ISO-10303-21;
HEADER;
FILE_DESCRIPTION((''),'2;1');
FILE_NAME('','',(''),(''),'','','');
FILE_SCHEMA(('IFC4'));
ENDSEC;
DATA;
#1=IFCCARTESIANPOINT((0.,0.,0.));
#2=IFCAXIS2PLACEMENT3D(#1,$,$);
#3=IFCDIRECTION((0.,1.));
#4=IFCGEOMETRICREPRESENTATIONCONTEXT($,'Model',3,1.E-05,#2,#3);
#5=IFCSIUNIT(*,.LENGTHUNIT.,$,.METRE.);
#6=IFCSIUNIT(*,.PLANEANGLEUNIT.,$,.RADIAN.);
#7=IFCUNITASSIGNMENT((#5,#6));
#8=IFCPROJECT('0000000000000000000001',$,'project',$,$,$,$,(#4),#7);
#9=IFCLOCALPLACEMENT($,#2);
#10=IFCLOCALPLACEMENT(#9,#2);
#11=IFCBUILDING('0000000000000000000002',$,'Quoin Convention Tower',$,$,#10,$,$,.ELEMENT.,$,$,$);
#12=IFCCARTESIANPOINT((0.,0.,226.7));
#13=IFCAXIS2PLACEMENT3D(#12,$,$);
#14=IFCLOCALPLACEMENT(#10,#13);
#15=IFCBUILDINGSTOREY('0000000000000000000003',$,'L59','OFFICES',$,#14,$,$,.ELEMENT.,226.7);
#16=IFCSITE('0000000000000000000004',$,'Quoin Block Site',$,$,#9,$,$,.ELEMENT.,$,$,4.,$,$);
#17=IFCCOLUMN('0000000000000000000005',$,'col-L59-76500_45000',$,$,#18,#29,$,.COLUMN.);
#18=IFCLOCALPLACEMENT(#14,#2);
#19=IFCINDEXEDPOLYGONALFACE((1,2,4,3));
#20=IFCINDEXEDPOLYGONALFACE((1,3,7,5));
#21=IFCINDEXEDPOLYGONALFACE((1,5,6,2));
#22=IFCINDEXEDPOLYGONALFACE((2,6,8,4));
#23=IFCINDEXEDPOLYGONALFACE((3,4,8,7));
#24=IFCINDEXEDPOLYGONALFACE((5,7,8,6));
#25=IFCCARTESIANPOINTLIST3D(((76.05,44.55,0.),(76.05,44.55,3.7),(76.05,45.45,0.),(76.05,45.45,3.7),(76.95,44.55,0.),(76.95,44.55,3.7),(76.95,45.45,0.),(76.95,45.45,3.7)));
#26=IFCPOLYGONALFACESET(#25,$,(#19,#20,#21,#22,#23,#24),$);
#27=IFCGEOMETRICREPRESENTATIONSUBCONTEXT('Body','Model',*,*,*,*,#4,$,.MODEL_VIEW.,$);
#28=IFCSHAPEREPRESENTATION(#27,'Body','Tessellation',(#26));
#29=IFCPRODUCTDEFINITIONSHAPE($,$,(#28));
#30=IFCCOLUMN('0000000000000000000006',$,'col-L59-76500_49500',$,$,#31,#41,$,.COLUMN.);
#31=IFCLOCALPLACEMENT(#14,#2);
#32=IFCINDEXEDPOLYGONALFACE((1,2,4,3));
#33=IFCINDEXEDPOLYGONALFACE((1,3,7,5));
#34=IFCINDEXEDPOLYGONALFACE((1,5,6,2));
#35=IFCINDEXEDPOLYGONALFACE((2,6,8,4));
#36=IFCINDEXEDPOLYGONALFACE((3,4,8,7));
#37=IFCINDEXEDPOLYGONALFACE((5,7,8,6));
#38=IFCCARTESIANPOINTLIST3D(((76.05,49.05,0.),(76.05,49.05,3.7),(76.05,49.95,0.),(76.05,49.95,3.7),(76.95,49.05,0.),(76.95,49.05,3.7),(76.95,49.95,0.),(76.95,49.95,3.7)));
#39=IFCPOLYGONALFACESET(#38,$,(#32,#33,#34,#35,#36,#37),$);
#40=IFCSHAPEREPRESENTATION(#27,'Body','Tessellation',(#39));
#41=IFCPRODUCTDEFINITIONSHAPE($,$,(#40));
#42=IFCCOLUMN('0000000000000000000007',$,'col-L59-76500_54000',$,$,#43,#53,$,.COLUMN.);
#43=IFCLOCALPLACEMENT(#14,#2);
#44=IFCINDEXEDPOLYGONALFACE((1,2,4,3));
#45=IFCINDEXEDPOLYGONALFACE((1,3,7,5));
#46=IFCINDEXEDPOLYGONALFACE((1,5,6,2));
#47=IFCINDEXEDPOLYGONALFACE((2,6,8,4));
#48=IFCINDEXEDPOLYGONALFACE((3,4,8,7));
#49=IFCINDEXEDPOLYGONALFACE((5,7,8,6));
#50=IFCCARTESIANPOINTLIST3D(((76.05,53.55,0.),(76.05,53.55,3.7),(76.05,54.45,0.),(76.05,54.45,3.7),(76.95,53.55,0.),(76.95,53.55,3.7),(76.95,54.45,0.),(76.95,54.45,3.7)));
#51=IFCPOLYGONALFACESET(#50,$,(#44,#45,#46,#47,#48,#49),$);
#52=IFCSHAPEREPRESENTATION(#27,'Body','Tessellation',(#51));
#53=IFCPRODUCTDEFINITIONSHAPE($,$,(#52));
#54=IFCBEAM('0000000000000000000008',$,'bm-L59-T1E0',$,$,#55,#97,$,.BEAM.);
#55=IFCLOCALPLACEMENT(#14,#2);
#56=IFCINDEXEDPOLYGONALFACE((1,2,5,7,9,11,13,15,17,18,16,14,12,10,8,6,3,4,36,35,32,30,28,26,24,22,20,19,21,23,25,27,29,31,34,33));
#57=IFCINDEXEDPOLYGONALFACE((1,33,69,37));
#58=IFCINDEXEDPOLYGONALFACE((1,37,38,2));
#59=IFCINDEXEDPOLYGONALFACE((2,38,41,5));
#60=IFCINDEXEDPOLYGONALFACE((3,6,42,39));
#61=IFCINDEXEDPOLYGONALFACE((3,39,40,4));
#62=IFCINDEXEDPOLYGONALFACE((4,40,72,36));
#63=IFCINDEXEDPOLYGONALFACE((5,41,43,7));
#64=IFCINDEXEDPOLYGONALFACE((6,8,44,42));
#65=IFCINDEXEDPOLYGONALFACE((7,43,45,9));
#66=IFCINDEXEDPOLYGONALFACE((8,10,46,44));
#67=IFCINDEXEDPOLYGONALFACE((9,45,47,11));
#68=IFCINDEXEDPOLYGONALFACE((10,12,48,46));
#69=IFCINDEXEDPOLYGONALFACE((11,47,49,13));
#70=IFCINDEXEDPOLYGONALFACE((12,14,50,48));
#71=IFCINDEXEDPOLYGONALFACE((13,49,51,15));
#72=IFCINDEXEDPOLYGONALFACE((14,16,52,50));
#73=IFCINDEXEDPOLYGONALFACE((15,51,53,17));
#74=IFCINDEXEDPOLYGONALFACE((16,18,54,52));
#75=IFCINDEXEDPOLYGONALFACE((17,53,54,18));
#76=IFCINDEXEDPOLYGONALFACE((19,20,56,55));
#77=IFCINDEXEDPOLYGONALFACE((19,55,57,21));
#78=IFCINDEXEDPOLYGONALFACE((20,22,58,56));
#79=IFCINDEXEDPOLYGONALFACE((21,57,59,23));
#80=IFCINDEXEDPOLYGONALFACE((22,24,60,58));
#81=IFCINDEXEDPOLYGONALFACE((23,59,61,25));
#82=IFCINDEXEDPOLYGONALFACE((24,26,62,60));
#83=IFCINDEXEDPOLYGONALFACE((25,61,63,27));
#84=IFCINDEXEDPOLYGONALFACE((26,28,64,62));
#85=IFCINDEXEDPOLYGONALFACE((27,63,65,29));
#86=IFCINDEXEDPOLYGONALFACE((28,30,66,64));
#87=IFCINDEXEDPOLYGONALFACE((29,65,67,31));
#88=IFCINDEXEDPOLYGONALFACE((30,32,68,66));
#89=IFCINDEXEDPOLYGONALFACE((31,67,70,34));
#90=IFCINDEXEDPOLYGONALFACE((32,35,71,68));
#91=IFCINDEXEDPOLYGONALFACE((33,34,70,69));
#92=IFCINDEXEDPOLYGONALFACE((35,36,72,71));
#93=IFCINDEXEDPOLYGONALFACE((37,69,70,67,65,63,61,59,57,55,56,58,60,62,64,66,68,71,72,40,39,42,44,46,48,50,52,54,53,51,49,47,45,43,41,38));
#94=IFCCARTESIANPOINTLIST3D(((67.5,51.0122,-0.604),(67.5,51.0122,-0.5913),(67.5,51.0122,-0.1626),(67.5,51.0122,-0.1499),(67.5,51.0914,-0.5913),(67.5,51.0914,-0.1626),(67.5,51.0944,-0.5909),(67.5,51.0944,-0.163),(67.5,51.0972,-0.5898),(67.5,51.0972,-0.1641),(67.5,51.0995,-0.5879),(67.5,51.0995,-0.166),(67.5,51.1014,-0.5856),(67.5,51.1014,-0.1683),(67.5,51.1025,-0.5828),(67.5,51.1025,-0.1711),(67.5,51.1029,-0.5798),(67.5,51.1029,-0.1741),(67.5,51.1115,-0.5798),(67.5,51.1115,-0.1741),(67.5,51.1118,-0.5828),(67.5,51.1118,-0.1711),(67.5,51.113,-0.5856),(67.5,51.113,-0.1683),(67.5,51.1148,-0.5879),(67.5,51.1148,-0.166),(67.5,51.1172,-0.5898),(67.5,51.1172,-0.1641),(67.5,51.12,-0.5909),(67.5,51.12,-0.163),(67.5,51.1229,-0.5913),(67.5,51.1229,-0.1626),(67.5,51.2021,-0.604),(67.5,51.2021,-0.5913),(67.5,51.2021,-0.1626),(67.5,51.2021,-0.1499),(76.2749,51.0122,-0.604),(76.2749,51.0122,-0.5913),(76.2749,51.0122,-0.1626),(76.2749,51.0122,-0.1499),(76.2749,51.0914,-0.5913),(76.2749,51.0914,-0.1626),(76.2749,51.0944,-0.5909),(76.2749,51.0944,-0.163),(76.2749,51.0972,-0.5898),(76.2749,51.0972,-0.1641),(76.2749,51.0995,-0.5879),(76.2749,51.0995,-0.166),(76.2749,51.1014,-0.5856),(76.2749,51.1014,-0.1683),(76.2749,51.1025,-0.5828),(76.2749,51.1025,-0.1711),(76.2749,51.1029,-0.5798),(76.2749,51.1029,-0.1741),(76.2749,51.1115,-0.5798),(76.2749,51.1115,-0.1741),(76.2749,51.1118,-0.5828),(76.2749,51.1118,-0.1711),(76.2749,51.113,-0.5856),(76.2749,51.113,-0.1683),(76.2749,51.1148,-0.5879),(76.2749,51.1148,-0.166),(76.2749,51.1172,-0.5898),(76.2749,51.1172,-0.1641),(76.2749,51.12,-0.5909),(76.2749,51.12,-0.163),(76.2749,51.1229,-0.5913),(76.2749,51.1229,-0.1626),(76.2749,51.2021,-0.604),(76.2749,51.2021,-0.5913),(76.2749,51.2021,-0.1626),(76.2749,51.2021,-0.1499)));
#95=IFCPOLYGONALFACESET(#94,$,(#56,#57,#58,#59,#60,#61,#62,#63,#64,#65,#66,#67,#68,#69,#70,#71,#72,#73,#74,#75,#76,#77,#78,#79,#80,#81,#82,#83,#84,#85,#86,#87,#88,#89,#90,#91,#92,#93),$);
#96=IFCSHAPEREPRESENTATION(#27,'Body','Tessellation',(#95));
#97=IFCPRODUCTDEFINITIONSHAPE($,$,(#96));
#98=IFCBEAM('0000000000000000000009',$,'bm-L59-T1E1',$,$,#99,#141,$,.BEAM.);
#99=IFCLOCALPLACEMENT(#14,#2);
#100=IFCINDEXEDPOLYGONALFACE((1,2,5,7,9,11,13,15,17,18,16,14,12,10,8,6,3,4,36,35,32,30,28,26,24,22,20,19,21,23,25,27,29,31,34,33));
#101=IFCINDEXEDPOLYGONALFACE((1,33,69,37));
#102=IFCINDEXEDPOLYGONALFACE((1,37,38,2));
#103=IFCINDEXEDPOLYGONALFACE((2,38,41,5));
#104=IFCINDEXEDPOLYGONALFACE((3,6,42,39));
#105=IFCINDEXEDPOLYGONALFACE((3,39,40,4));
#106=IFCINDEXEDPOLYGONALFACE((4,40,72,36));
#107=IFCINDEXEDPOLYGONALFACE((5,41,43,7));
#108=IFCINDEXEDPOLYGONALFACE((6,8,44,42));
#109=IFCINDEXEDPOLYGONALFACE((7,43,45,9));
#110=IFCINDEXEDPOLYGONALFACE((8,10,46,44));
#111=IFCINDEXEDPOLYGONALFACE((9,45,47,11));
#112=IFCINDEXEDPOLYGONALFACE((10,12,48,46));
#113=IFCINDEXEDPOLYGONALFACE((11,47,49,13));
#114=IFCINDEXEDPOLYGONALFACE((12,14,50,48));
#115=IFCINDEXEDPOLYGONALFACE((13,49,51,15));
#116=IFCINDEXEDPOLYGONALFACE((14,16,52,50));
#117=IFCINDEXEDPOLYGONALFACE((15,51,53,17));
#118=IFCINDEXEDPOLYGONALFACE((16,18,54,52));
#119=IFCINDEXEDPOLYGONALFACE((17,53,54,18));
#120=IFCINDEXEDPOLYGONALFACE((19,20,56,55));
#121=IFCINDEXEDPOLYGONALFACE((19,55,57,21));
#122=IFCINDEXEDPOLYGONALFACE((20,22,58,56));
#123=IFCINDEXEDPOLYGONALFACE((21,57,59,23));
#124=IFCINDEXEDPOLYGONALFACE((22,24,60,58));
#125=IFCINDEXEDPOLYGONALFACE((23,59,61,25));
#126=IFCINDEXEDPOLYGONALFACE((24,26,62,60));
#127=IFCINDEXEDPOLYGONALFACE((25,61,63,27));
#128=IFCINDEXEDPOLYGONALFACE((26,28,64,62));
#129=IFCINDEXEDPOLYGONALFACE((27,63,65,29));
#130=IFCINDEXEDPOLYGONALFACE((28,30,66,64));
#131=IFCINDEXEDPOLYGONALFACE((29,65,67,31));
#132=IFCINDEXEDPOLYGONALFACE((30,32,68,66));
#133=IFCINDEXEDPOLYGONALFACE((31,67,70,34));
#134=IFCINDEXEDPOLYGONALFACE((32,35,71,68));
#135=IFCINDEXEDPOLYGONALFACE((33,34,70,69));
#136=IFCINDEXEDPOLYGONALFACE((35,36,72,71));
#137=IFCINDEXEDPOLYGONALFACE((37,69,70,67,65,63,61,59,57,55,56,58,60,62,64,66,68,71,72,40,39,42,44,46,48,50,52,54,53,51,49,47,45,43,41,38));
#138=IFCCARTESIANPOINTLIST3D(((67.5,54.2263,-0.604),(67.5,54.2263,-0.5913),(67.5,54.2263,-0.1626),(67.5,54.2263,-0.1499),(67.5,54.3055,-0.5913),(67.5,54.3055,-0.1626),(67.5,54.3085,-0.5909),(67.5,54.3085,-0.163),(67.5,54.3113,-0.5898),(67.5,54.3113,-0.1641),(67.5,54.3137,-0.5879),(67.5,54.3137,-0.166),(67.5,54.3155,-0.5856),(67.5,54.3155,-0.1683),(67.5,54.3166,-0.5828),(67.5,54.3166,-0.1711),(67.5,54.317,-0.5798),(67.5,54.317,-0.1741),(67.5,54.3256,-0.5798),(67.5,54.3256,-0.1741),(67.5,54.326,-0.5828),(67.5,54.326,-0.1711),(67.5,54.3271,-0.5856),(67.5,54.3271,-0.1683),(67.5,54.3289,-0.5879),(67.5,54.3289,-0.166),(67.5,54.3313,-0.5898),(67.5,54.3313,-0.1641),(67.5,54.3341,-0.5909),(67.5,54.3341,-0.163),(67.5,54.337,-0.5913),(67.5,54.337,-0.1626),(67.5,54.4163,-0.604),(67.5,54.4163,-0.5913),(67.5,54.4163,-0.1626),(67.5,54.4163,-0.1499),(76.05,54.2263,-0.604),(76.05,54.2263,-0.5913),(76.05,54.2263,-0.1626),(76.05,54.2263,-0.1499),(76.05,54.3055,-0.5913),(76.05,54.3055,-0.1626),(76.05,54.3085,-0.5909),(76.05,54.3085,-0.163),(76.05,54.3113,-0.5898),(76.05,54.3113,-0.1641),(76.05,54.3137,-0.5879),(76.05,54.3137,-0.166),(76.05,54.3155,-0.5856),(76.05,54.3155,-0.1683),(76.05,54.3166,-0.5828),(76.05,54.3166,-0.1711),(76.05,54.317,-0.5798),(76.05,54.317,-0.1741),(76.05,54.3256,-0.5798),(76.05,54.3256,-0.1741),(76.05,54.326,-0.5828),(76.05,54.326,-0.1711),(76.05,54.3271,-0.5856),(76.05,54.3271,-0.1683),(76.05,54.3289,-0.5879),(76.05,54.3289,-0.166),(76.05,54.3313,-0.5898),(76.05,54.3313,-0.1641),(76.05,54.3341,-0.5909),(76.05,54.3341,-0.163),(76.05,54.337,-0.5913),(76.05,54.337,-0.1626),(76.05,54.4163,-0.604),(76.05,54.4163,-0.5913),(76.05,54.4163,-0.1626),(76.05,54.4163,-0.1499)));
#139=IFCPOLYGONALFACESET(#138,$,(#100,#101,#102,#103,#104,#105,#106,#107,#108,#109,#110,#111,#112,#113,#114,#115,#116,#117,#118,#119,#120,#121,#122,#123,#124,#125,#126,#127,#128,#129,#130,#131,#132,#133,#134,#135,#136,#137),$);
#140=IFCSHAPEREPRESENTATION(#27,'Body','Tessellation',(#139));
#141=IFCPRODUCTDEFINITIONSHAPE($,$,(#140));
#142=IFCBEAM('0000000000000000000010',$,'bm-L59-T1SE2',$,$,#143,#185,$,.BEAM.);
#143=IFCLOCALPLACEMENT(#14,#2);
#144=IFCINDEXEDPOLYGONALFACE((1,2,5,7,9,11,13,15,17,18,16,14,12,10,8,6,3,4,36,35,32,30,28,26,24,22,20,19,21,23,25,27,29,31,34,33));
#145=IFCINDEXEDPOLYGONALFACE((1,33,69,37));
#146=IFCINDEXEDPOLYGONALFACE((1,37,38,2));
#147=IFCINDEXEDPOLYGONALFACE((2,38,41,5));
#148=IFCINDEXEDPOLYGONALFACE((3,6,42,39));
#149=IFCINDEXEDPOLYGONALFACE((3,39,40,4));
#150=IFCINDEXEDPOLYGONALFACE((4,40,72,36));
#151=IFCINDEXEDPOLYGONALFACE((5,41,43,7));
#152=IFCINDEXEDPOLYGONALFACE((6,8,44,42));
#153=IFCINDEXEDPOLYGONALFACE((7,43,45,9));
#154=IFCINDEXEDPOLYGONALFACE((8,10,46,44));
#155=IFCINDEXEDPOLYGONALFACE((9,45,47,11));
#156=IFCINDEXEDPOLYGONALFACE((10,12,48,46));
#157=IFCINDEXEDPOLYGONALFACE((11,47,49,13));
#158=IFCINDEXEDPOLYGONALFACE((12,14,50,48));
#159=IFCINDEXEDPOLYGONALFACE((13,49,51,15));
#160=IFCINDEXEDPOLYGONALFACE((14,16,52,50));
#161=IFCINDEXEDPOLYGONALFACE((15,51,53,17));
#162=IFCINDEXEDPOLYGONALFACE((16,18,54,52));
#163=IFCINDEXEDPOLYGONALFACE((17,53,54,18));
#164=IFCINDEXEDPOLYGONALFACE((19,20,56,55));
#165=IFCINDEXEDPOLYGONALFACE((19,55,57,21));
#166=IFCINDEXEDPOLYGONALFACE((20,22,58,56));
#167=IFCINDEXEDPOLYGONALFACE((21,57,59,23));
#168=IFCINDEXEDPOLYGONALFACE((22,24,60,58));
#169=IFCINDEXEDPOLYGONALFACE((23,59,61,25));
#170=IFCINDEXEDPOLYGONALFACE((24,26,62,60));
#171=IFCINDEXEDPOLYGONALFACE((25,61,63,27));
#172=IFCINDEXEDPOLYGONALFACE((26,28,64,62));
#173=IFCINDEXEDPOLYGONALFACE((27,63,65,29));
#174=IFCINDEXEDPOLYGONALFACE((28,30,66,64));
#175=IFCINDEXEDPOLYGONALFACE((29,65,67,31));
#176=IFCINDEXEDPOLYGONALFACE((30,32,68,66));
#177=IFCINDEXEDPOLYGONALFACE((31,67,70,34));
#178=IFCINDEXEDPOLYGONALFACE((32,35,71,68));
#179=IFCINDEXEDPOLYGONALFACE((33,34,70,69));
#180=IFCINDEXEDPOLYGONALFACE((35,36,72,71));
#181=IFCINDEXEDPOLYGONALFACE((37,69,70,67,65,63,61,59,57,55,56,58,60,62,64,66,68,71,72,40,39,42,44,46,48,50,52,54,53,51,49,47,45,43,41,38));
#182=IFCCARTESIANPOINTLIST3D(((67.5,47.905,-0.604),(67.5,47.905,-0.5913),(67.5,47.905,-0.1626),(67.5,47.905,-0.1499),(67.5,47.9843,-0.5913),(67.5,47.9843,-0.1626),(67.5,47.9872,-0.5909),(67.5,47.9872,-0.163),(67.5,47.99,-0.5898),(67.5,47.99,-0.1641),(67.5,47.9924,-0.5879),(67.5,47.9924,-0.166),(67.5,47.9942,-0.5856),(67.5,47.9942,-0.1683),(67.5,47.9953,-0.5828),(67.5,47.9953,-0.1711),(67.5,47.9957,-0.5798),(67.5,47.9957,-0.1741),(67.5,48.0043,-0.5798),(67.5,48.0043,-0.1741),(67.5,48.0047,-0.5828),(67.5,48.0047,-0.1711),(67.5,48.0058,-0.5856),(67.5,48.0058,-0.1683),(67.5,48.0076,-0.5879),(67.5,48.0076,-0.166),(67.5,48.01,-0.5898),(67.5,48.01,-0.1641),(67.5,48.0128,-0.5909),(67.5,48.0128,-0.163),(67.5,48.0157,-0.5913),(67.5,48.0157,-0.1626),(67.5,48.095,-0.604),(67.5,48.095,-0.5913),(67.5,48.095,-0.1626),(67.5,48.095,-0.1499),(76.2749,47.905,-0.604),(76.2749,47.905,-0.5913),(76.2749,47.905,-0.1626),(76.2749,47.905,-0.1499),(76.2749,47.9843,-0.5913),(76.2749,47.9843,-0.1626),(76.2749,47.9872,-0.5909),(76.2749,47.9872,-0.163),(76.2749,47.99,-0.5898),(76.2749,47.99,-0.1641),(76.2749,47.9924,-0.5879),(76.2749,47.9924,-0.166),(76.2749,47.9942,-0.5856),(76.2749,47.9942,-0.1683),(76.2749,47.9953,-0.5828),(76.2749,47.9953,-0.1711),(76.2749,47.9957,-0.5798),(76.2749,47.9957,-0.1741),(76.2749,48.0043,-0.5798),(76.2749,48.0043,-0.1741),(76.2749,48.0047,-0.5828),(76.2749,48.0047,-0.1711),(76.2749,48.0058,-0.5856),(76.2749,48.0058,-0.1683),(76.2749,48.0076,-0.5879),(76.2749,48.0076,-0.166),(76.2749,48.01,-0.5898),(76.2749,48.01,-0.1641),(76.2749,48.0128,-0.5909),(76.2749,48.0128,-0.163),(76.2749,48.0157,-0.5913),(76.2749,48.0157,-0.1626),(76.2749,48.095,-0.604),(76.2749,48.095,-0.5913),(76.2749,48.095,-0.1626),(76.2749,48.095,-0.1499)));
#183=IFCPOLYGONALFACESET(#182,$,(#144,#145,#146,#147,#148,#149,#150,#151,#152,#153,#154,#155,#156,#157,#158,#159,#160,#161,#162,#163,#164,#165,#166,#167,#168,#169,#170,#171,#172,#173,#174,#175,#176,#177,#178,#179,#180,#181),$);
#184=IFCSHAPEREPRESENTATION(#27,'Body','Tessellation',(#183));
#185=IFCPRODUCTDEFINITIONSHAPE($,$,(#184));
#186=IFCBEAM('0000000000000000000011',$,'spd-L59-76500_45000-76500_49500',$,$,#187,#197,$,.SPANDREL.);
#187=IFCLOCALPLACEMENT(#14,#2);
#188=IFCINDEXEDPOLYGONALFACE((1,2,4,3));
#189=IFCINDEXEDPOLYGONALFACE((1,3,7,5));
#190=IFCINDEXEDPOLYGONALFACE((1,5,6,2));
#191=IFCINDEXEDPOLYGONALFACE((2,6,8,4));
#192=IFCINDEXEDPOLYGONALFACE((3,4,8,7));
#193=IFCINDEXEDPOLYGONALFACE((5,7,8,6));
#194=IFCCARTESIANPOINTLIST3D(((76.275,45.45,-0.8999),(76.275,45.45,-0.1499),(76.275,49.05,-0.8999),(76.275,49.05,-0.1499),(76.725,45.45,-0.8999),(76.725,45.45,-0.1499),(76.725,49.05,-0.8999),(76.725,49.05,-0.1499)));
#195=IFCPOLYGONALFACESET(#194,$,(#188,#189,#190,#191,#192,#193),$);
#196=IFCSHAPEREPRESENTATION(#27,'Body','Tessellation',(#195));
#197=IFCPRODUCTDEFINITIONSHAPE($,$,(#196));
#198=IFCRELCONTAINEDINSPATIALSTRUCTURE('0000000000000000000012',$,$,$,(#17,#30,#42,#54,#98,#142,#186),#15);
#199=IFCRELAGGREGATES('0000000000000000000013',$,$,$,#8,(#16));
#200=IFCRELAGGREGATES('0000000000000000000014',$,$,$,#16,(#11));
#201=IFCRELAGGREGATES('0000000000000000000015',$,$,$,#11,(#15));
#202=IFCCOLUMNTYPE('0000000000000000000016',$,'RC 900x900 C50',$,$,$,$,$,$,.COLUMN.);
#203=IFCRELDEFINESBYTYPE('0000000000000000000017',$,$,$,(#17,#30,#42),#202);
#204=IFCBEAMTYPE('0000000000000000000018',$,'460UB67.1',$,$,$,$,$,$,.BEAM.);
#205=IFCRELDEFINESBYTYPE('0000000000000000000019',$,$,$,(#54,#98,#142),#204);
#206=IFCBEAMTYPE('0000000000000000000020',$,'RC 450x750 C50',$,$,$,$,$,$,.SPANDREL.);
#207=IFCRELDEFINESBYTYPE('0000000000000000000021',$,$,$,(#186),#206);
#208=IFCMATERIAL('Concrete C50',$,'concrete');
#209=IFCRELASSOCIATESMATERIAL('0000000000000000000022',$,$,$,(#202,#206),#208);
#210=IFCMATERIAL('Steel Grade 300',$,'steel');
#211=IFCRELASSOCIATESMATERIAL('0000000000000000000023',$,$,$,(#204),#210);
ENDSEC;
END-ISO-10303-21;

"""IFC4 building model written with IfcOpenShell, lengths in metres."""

from ifc_helpers import new_model, si_unit, direction, frame, origin, origin_2d, place, context, subcontext, project, spatial, rectangle, i_section, extrude, material, material_profile, profile_set, type_object, element, save


model = new_model("IFC4")

# Units and contexts
model_context = context("Model", 3, precision=1e-05, world=origin(), true_north=direction((0.0, 1.0)))
body_context = subcontext(model_context, "Body", "Model", "MODEL_VIEW")
ifc_project = project(units=[si_unit("LENGTHUNIT", "METRE"), si_unit("PLANEANGLEUNIT", "RADIAN")], contexts=[model_context])

# Site, building, storey
site_placement = place(None, origin())
site = spatial("IfcSite", under=ifc_project, at=site_placement, Name="Quoin Block Site", CompositionType="ELEMENT", RefElevation=4.0)
building_placement = place(site_placement, origin())
building = spatial("IfcBuilding", under=site, at=building_placement, Name="Quoin Convention Tower", CompositionType="ELEMENT")
storey_placement = place(building_placement, frame((0.0, 0.0, 226.7)))
storey = spatial("IfcBuildingStorey", under=building, at=storey_placement, Name="L59", Description="OFFICES", CompositionType="ELEMENT", Elevation=226.7)

# Columns
ifc_material_1 = material(Name="Concrete C50", Category="concrete")
ifc_material_profile_1 = material_profile(ifc_material_1, rectangle(XDim=0.8999, YDim=0.8999, at=origin_2d()), Name="RC 900x900")
ifc_profile_set_1 = profile_set([ifc_material_profile_1], Name="Concrete C50")
column_type = type_object("IfcColumnType", Name="RC 900x900 C50", PredefinedType="COLUMN", material=ifc_profile_set_1)
for number, where, z_axis, x_axis, name in (
    (1, (76.5, 45.0, 0.0), (0.0, 0.0, 1.0), (1.0, 0.0, 0.0), "col-L59-76500_45000"),
    (2, (76.5, 49.5, 0.0), (0.0, 0.0, 1.0), (1.0, 0.0, 0.0), "col-L59-76500_49500"),
    (3, (76.5, 54.0, 0.0), (0.0, 0.0, 1.0), (1.0, 0.0, 0.0), "col-L59-76500_54000"),
):
    element("IfcColumn", number, at=place(storey_placement, frame(where, z_axis=z_axis, x_axis=x_axis)), inside=storey, type_object=column_type, Name=name, PredefinedType="COLUMN", context=body_context, shape_type="SweptSolid", body=[
        extrude(rectangle(XDim=0.8999, YDim=0.8999, at=origin_2d()), origin(), (0.0, 0.0, 1.0), 3.7),
    ])

# Beams
ifc_material_2 = material(Name="Steel Grade 300", Category="steel")
ifc_material_profile_2 = material_profile(ifc_material_2, i_section(OverallWidth=0.1899, OverallDepth=0.4541, WebThickness=0.0085, FlangeThickness=0.0127, FilletRadius=0.0115, at=origin_2d()), Name="460UB67.1")
ifc_profile_set_2 = profile_set([ifc_material_profile_2], Name="Steel Grade 300")
beam_type_1 = type_object("IfcBeamType", Name="460UB67.1", PredefinedType="BEAM", material=ifc_profile_set_2)
beam_1_placement = place(storey_placement, frame((67.5, 51.1072, -0.377), z_axis=(1.0, 0.0, 0.0), x_axis=(0.0, 1.0, 0.0)))
element("IfcBeam", 4, at=beam_1_placement, inside=storey, type_object=beam_type_1, Name="bm-L59-T1E0", PredefinedType="BEAM", context=body_context, shape_type="SweptSolid", body=[
    extrude(i_section(OverallWidth=0.1899, OverallDepth=0.4541, WebThickness=0.0085, FlangeThickness=0.0127, FilletRadius=0.0115, at=origin_2d()), origin(), (0.0, 0.0, 1.0), 8.7749),
])
beam_2_placement = place(storey_placement, frame((67.5, 54.3213, -0.377), z_axis=(1.0, 0.0, 0.0), x_axis=(0.0, 1.0, 0.0)))
element("IfcBeam", 5, at=beam_2_placement, inside=storey, type_object=beam_type_1, Name="bm-L59-T1E1", PredefinedType="BEAM", context=body_context, shape_type="SweptSolid", body=[
    extrude(i_section(OverallWidth=0.1899, OverallDepth=0.4541, WebThickness=0.0085, FlangeThickness=0.0127, FilletRadius=0.0115, at=origin_2d()), origin(), (0.0, 0.0, 1.0), 8.55),
])
beam_3_placement = place(storey_placement, frame((67.5, 48.0, -0.377), z_axis=(1.0, 0.0, 0.0), x_axis=(0.0, 1.0, 0.0)))
element("IfcBeam", 6, at=beam_3_placement, inside=storey, type_object=beam_type_1, Name="bm-L59-T1SE2", PredefinedType="BEAM", context=body_context, shape_type="SweptSolid", body=[
    extrude(i_section(OverallWidth=0.1899, OverallDepth=0.4541, WebThickness=0.0085, FlangeThickness=0.0127, FilletRadius=0.0115, at=origin_2d()), origin(), (0.0, 0.0, 1.0), 8.7749),
])
ifc_material_profile_3 = material_profile(ifc_material_1, rectangle(XDim=0.45, YDim=0.75, at=origin_2d()), Name="RC 450x750")
ifc_profile_set_3 = profile_set([ifc_material_profile_3], Name="Concrete C50")
beam_type_2 = type_object("IfcBeamType", Name="RC 450x750 C50", PredefinedType="SPANDREL", material=ifc_profile_set_3)
for number, where, z_axis, x_axis, name in (
    (7, (76.5, 45.45, -0.5249), (0.0, 1.0, 0.0), (-1.0, 0.0, 0.0), "spd-L59-76500_45000-76500_49500"),
):
    element("IfcBeam", number, at=place(storey_placement, frame(where, z_axis=z_axis, x_axis=x_axis)), inside=storey, type_object=beam_type_2, Name=name, PredefinedType="SPANDREL", context=body_context, shape_type="SweptSolid", body=[
        extrude(rectangle(XDim=0.45, YDim=0.75, at=origin_2d()), origin(), (0.0, 0.0, 1.0), 3.6001),
    ])

save(model, "model.ifc")
